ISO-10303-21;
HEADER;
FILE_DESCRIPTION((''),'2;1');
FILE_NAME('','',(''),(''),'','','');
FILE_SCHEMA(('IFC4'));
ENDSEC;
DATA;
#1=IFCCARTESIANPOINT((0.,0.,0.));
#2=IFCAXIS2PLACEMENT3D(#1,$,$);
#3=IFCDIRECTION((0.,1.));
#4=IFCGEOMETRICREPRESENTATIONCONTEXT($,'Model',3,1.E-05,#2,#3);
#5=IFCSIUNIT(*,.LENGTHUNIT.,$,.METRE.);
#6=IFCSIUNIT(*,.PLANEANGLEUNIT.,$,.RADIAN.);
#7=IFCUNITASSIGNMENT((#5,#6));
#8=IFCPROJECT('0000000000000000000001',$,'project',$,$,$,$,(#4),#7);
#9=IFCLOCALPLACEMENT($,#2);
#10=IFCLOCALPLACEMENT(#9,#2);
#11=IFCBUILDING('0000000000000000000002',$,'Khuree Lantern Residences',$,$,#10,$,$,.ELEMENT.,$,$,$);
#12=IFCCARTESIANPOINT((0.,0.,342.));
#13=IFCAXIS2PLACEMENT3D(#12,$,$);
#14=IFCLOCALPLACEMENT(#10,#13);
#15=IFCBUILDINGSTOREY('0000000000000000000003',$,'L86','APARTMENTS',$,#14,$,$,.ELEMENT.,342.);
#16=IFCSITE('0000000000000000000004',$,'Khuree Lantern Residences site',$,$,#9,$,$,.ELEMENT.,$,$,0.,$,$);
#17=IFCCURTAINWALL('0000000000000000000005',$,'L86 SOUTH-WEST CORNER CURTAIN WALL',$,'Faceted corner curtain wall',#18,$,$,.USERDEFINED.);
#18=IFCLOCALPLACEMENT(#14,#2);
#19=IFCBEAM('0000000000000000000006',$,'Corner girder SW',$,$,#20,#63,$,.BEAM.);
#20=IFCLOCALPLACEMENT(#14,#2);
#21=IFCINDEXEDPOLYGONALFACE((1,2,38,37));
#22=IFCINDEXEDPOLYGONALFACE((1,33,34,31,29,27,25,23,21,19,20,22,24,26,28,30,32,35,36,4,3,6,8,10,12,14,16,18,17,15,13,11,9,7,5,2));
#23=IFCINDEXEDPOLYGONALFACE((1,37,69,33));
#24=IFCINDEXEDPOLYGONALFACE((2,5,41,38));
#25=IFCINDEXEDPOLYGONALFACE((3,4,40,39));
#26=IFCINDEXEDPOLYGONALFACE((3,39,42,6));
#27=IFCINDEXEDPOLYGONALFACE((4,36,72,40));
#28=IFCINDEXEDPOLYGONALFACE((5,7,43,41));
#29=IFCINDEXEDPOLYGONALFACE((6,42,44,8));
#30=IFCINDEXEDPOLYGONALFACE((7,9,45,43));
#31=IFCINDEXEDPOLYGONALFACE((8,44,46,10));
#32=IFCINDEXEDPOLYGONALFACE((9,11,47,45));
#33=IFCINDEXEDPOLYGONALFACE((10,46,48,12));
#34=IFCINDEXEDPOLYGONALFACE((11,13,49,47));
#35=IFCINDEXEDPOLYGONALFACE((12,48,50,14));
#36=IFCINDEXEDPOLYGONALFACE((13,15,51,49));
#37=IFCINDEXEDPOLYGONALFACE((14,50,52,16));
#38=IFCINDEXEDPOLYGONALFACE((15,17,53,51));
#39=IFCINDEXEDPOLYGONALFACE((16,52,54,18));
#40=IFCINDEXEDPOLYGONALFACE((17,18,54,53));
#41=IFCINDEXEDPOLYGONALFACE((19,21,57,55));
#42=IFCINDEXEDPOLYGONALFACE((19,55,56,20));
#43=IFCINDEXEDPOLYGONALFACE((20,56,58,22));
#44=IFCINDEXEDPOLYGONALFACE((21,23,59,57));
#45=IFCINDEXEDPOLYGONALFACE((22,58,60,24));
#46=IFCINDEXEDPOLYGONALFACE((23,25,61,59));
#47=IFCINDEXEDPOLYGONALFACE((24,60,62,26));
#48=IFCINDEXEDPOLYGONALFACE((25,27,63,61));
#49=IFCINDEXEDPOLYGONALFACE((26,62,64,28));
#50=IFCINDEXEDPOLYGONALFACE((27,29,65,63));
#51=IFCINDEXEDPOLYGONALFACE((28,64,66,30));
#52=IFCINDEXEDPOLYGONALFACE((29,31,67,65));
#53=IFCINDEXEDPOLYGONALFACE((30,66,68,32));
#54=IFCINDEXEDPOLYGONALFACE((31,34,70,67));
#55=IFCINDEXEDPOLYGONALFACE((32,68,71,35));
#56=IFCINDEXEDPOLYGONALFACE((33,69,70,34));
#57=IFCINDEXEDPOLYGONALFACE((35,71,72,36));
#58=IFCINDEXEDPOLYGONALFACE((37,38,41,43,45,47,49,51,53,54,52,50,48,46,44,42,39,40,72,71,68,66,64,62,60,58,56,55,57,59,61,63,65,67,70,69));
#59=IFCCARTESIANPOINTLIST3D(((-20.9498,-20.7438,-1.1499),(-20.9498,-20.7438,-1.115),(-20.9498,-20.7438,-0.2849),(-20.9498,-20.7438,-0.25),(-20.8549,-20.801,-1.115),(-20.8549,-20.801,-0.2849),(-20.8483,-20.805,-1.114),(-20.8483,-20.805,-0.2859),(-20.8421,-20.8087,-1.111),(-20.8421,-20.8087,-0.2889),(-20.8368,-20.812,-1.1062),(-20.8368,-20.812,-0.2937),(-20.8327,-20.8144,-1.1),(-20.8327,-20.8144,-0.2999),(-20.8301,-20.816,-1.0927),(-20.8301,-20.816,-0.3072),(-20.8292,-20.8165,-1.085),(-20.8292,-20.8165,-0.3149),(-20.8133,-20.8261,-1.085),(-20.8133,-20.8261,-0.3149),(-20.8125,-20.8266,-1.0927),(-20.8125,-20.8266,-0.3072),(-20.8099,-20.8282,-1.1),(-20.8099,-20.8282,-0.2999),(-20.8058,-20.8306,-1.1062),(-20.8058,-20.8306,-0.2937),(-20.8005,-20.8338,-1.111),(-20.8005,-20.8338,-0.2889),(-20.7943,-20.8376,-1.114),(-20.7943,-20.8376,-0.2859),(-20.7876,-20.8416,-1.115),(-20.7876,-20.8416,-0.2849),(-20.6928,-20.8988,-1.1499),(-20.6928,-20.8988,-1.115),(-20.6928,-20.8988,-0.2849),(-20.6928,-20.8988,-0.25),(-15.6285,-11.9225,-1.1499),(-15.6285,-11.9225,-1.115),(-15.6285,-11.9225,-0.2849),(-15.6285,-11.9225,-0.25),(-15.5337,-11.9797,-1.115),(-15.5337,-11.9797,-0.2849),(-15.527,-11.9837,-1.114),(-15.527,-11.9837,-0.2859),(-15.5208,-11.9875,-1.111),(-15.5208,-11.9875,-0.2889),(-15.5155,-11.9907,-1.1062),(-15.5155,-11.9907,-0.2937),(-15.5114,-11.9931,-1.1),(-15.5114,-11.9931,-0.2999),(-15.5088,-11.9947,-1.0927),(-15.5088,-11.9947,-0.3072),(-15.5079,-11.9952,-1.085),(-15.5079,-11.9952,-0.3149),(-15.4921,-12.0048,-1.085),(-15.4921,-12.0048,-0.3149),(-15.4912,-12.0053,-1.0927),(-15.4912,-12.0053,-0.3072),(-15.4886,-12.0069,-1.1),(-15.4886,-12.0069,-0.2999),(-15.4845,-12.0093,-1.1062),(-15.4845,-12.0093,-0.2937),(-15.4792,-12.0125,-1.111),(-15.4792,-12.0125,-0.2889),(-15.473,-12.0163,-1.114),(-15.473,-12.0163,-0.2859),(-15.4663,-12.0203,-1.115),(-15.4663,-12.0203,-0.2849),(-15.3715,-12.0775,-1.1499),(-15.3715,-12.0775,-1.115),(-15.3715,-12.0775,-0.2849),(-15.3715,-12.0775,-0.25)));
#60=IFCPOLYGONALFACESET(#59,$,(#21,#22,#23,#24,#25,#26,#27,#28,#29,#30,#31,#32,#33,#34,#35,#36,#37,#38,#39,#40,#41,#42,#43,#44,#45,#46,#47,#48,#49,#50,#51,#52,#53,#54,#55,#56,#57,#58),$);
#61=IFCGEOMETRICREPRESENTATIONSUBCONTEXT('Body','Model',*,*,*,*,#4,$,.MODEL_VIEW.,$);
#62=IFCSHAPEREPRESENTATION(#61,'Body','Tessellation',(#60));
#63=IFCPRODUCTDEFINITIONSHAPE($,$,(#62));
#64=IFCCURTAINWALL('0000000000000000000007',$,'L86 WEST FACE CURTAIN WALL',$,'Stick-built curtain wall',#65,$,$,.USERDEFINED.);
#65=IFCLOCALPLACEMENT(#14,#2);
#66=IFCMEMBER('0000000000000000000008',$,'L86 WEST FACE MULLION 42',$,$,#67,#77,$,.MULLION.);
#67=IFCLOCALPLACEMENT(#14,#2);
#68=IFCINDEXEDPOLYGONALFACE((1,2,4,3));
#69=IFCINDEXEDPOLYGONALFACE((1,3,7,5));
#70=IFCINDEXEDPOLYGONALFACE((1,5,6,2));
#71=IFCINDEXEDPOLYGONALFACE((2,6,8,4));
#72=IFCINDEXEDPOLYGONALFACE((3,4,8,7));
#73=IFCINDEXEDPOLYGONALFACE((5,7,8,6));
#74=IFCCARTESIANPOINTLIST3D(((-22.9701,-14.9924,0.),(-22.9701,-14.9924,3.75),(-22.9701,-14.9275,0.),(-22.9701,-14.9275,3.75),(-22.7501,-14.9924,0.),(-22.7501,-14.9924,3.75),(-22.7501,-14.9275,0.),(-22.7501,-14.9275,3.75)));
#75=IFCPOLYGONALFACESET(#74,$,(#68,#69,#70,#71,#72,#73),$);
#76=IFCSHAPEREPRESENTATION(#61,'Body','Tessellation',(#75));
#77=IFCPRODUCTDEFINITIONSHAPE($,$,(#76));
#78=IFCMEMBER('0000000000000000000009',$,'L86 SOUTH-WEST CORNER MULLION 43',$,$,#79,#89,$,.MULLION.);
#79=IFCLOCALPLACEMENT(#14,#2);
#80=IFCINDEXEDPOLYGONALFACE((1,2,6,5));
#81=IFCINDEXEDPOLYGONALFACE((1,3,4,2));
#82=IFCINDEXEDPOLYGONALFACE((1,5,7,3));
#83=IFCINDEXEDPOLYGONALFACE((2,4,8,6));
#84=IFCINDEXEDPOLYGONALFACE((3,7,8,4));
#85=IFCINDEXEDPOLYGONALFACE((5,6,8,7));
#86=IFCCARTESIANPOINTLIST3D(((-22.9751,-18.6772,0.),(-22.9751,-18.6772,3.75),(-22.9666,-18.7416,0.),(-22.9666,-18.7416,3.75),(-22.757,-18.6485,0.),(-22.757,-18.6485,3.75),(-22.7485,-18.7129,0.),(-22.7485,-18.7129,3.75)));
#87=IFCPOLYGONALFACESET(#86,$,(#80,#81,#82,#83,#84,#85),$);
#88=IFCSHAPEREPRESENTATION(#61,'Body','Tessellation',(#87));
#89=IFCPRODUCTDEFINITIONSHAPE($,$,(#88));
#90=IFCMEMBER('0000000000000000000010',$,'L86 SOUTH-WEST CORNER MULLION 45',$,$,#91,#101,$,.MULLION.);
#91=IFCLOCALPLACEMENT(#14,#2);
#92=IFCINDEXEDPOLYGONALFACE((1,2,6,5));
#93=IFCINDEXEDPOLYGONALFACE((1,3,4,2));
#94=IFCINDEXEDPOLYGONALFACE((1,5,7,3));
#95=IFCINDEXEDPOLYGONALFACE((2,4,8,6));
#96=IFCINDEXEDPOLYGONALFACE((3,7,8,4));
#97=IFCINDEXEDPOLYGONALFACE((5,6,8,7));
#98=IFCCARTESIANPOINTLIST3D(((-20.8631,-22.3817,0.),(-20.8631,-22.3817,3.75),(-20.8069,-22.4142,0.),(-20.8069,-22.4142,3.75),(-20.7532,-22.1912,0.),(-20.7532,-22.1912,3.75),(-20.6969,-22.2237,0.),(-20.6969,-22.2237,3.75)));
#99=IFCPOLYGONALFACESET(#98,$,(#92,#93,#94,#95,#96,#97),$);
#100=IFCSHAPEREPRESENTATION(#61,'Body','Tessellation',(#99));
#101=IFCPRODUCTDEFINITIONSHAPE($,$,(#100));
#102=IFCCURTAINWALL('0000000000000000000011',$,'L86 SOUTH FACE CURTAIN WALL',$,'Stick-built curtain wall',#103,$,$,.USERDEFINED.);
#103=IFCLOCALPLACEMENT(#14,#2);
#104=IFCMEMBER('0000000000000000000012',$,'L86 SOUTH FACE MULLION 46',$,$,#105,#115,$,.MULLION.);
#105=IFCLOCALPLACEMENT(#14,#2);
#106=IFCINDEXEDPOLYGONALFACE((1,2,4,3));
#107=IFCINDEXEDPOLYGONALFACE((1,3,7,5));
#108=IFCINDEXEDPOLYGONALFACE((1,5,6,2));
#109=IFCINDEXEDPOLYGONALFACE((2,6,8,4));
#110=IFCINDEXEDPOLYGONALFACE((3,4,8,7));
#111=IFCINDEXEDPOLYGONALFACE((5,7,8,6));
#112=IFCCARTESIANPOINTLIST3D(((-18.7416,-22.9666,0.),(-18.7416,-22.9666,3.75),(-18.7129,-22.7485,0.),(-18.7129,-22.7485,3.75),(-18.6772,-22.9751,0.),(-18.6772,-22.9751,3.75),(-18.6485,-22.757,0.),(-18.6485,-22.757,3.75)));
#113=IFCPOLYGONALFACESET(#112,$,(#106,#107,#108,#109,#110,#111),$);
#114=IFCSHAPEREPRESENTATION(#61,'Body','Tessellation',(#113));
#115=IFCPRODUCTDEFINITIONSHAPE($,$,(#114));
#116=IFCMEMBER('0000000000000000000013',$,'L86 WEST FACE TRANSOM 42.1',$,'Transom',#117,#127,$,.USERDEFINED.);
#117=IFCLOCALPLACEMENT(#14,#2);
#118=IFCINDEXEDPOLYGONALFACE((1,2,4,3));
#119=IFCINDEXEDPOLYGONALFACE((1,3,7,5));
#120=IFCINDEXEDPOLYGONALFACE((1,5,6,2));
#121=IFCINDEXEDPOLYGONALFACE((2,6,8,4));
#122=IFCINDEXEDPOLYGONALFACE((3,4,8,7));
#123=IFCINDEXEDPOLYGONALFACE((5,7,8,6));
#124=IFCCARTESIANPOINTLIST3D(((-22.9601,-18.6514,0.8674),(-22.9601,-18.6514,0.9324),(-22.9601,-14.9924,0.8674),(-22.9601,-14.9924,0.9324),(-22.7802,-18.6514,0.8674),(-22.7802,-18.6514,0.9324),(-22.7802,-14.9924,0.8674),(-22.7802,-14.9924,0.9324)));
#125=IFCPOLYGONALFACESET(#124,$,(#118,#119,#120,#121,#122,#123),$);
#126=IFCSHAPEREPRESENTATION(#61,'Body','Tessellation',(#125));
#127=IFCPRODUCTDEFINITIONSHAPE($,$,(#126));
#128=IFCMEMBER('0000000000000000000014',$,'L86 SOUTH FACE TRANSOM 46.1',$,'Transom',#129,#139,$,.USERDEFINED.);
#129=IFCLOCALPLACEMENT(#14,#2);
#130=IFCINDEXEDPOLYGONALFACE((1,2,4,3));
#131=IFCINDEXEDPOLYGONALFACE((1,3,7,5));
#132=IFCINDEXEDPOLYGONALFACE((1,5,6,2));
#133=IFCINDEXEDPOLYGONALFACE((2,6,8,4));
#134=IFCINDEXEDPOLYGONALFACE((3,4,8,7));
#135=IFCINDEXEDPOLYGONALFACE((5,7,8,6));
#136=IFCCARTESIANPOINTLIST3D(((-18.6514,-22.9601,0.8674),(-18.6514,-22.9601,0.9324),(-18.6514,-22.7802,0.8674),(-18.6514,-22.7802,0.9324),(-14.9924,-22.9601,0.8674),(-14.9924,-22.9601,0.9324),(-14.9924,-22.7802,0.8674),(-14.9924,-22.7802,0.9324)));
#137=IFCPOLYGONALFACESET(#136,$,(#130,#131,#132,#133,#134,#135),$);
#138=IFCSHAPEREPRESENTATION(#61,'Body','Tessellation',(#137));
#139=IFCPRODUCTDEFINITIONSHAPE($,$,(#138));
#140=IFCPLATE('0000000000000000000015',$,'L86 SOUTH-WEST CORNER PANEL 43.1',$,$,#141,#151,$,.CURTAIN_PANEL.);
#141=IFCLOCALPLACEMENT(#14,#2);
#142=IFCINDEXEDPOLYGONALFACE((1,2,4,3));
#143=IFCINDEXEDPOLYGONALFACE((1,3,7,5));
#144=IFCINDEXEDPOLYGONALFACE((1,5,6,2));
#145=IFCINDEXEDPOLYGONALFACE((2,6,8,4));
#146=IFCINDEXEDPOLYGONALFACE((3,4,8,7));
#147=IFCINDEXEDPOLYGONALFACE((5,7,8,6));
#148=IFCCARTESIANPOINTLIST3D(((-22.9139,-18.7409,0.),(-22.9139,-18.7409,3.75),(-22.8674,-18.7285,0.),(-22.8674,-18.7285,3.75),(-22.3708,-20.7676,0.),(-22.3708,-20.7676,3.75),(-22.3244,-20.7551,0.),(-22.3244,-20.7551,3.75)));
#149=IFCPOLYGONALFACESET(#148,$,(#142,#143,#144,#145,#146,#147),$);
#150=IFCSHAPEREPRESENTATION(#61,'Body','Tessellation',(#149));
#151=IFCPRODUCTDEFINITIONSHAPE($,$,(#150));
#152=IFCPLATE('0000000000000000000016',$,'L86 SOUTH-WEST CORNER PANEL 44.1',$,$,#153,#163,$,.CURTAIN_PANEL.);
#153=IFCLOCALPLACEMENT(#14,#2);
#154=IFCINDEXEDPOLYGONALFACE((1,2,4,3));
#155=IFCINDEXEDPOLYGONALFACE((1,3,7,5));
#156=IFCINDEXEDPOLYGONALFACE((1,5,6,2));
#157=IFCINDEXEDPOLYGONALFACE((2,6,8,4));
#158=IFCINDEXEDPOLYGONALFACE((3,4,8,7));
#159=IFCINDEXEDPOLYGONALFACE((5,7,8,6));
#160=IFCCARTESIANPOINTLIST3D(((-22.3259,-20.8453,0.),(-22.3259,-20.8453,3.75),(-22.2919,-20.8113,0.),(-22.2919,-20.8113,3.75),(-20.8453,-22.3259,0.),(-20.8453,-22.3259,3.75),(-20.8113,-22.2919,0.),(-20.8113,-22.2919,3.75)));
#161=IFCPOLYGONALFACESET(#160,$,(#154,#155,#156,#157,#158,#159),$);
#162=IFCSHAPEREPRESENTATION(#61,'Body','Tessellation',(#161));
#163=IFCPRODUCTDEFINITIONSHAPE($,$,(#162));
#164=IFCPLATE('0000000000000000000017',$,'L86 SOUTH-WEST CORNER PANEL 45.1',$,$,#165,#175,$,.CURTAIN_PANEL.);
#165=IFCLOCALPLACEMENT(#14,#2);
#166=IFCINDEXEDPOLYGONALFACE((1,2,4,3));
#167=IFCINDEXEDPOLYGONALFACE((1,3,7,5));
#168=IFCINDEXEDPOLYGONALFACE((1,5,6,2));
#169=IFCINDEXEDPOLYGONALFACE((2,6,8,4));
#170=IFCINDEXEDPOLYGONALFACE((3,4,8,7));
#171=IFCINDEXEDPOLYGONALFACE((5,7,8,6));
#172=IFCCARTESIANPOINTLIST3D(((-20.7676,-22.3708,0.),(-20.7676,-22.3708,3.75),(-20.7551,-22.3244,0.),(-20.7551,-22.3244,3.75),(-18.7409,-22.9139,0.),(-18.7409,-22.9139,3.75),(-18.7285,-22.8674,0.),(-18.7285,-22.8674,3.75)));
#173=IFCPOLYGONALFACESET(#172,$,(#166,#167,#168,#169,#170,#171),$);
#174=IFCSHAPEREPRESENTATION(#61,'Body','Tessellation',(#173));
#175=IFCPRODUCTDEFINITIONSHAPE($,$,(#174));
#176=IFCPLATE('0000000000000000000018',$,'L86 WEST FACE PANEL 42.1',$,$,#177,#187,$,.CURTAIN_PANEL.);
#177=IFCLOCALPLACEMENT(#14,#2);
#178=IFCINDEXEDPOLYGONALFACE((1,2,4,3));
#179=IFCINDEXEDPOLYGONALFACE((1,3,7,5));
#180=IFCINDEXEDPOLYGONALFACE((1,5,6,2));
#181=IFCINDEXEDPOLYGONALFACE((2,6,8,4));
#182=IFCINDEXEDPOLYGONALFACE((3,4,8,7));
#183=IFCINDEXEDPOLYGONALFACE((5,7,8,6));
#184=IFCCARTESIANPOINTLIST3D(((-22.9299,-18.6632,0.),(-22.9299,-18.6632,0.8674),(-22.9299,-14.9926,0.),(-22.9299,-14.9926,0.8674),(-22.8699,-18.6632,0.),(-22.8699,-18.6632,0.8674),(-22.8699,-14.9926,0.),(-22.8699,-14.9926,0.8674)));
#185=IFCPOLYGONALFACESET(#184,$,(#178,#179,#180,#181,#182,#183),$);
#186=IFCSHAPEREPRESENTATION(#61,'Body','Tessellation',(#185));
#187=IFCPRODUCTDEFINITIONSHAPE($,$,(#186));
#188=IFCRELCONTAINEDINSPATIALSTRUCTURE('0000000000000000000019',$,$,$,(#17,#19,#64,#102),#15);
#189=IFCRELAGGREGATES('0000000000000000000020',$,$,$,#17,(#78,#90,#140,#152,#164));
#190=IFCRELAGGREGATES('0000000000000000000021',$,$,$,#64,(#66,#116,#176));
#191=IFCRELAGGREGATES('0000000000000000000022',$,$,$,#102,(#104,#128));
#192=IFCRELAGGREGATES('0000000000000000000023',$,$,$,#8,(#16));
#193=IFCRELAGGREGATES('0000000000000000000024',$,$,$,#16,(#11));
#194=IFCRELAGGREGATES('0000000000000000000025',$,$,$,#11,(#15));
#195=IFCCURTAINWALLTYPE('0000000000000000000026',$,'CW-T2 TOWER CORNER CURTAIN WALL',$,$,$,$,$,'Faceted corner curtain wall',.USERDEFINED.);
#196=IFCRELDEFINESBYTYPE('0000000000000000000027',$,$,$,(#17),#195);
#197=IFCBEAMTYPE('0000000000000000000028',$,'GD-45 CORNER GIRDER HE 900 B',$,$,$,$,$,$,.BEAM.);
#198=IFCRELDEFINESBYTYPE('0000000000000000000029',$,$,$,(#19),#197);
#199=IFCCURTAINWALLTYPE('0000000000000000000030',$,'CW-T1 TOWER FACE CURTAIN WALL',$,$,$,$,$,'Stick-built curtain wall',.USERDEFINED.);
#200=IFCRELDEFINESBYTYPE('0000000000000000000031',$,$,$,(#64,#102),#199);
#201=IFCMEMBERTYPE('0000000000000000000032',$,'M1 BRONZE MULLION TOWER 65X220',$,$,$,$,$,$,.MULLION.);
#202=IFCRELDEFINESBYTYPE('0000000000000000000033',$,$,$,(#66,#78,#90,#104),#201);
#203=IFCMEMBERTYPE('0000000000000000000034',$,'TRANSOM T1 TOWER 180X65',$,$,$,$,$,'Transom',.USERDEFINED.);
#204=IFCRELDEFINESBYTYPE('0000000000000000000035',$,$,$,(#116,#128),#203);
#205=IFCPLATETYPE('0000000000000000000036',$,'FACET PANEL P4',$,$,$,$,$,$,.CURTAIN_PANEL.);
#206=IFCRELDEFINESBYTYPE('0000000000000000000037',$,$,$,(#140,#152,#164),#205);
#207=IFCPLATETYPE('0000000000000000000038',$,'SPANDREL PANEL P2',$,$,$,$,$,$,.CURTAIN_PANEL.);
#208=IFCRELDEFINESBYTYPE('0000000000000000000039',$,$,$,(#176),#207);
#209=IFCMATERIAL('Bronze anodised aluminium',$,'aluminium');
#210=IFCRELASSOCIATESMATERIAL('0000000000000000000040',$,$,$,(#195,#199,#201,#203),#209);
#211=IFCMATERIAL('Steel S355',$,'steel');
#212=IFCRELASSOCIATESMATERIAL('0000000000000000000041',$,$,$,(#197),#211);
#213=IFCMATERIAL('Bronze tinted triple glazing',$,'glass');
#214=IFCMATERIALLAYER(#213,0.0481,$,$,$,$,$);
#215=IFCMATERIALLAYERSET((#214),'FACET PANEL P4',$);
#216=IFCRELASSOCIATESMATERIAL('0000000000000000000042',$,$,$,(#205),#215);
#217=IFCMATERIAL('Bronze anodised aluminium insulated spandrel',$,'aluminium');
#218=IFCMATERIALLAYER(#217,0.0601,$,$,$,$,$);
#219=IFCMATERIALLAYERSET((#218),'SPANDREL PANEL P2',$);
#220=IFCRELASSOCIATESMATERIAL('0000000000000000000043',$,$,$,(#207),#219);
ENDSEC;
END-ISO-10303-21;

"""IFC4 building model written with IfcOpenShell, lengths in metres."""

from ifc_helpers import new_model, si_unit, direction, frame, origin, origin_2d, place, context, subcontext, project, spatial, rectangle, i_section, extrude, material, layer, layer_set, material_profile, profile_set, type_object, element, aggregate, save


model = new_model("IFC4")

# Units and contexts
model_context = context("Model", 3, precision=1e-05, world=origin(), true_north=direction((0.0, 1.0)))
body_context = subcontext(model_context, "Body", "Model", "MODEL_VIEW")
ifc_project = project(units=[si_unit("LENGTHUNIT", "METRE"), si_unit("PLANEANGLEUNIT", "RADIAN")], contexts=[model_context])

# Site, building, storey
site_placement = place(None, origin())
site = spatial("IfcSite", under=ifc_project, at=site_placement, Name="Khuree Lantern Residences site", CompositionType="ELEMENT", RefElevation=0.0)
building_placement = place(site_placement, origin())
building = spatial("IfcBuilding", under=site, at=building_placement, Name="Khuree Lantern Residences", CompositionType="ELEMENT")
storey_placement = place(building_placement, frame((0.0, 0.0, 342.0)))
storey = spatial("IfcBuildingStorey", under=building, at=storey_placement, Name="L86", Description="APARTMENTS", CompositionType="ELEMENT", Elevation=342.0)

# Shared definitions
ifc_material_1 = material(Name="Steel S355", Category="steel")

# Curtain wall
ifc_material_2 = material(Name="Bronze anodised aluminium", Category="aluminium")
curtain_wall_type_1 = type_object("IfcCurtainWallType", Name="CW-T2 TOWER CORNER CURTAIN WALL", ElementType="Faceted corner curtain wall", PredefinedType="USERDEFINED", material=ifc_material_2)
curtain_wall_1_placement = place(storey_placement, origin())
curtain_wall_1 = element("IfcCurtainWall", 1, at=curtain_wall_1_placement, inside=storey, type_object=curtain_wall_type_1, Name="L86 SOUTH-WEST CORNER CURTAIN WALL", ObjectType="Faceted corner curtain wall", PredefinedType="USERDEFINED")

# Beam
ifc_material_profile_1 = material_profile(ifc_material_1, i_section(OverallWidth=0.3, OverallDepth=0.8999, WebThickness=0.0186, FlangeThickness=0.0349, FilletRadius=0.03, at=origin_2d()), Name="HE 900 B")
ifc_profile_set_1 = profile_set([ifc_material_profile_1], Name="Steel S355")
beam_type_1 = type_object("IfcBeamType", Name="GD-45 CORNER GIRDER HE 900 B", PredefinedType="BEAM", material=ifc_profile_set_1)
beam_1_placement = place(storey_placement, frame((-20.8213, -20.8213, -0.7), z_axis=(0.51653, 0.856269, 0.0), x_axis=(-0.856269, 0.51653, 0.0)))
element("IfcBeam", 2, at=beam_1_placement, inside=storey, type_object=beam_type_1, Name="Corner girder SW", PredefinedType="BEAM", context=body_context, shape_type="SweptSolid", body=[
    extrude(i_section(OverallWidth=0.3, OverallDepth=0.8999, WebThickness=0.0186, FlangeThickness=0.0349, FilletRadius=0.03, at=origin_2d()), origin(), (0.0, 0.0, 1.0), 10.302),
])

# Curtain wall, member
curtain_wall_type_2 = type_object("IfcCurtainWallType", Name="CW-T1 TOWER FACE CURTAIN WALL", ElementType="Stick-built curtain wall", PredefinedType="USERDEFINED", material=ifc_material_2)
curtain_wall_2_placement = place(storey_placement, origin())
curtain_wall_2 = element("IfcCurtainWall", 3, at=curtain_wall_2_placement, inside=storey, type_object=curtain_wall_type_2, Name="L86 WEST FACE CURTAIN WALL", ObjectType="Stick-built curtain wall", PredefinedType="USERDEFINED")
ifc_material_profile_2 = material_profile(ifc_material_2, rectangle(XDim=0.0649, YDim=0.22, at=origin_2d()), Name="M1 65X220")
ifc_profile_set_2 = profile_set([ifc_material_profile_2], Name="Bronze anodised aluminium")
member_type_1 = type_object("IfcMemberType", Name="M1 BRONZE MULLION TOWER 65X220", PredefinedType="MULLION", material=ifc_profile_set_2)
member_1_placement = place(storey_placement, frame((-22.8601, -14.96, 0.0), z_axis=(0.0, 0.0, 1.0), x_axis=(0.0, -1.0, 0.0)))
member_1 = element("IfcMember", 4, at=member_1_placement, type_object=member_type_1, Name="L86 WEST FACE MULLION 42", PredefinedType="MULLION", context=body_context, shape_type="SweptSolid", body=[
    extrude(rectangle(XDim=0.0649, YDim=0.22, at=origin_2d()), origin(), (0.0, 0.0, 1.0), 3.75),
])

# Members
member_2_placement = place(storey_placement, frame((-22.8618, -18.6951, 0.0), z_axis=(0.0, 0.0, 1.0), x_axis=(0.130526, -0.991445, 0.0)))
member_2 = element("IfcMember", 5, at=member_2_placement, type_object=member_type_1, Name="L86 SOUTH-WEST CORNER MULLION 43", PredefinedType="MULLION", context=body_context, shape_type="SweptSolid", body=[
    extrude(rectangle(XDim=0.0649, YDim=0.22, at=origin_2d()), origin(), (0.0, 0.0, 1.0), 3.75),
])
member_3_placement = place(storey_placement, frame((-20.78, -22.3027, 0.0), z_axis=(0.0, 0.0, 1.0), x_axis=(0.866025, -0.5, 0.0)))
member_3 = element("IfcMember", 6, at=member_3_placement, type_object=member_type_1, Name="L86 SOUTH-WEST CORNER MULLION 45", PredefinedType="MULLION", context=body_context, shape_type="SweptSolid", body=[
    extrude(rectangle(XDim=0.0649, YDim=0.22, at=origin_2d()), origin(), (0.0, 0.0, 1.0), 3.75),
])

# Curtain wall, member
curtain_wall_3_placement = place(storey_placement, origin())
curtain_wall_3 = element("IfcCurtainWall", 7, at=curtain_wall_3_placement, inside=storey, type_object=curtain_wall_type_2, Name="L86 SOUTH FACE CURTAIN WALL", ObjectType="Stick-built curtain wall", PredefinedType="USERDEFINED")
member_4_placement = place(storey_placement, frame((-18.6951, -22.8618, 0.0), z_axis=(0.0, 0.0, 1.0), x_axis=(0.991445, -0.130526, 0.0)))
member_4 = element("IfcMember", 8, at=member_4_placement, type_object=member_type_1, Name="L86 SOUTH FACE MULLION 46", PredefinedType="MULLION", context=body_context, shape_type="SweptSolid", body=[
    extrude(rectangle(XDim=0.0649, YDim=0.22, at=origin_2d()), origin(), (0.0, 0.0, 1.0), 3.75),
])

# Members
ifc_material_profile_3 = material_profile(ifc_material_2, rectangle(XDim=0.1799, YDim=0.0649, at=origin_2d()), Name="T1 180X65")
ifc_profile_set_3 = profile_set([ifc_material_profile_3], Name="Bronze anodised aluminium")
member_type_2 = type_object("IfcMemberType", Name="TRANSOM T1 TOWER 180X65", ElementType="Transom", PredefinedType="USERDEFINED", material=ifc_profile_set_3)
member_5_placement = place(storey_placement, frame((-22.8701, -14.9924, 0.8999), z_axis=(0.0, -1.0, 0.0), x_axis=(1.0, 0.0, 0.0)))
member_5 = element("IfcMember", 9, at=member_5_placement, type_object=member_type_2, Name="L86 WEST FACE TRANSOM 42.1", ObjectType="Transom", PredefinedType="USERDEFINED", context=body_context, shape_type="SweptSolid", body=[
    extrude(rectangle(XDim=0.1799, YDim=0.0649, at=origin_2d()), origin(), (0.0, 0.0, 1.0), 3.6589),
])
member_6_placement = place(storey_placement, frame((-18.6514, -22.8701, 0.8999), z_axis=(1.0, 0.0, 0.0), x_axis=(0.0, 1.0, 0.0)))
member_6 = element("IfcMember", 10, at=member_6_placement, type_object=member_type_2, Name="L86 SOUTH FACE TRANSOM 46.1", ObjectType="Transom", PredefinedType="USERDEFINED", context=body_context, shape_type="SweptSolid", body=[
    extrude(rectangle(XDim=0.1799, YDim=0.0649, at=origin_2d()), origin(), (0.0, 0.0, 1.0), 3.6589),
])

# Plates
ifc_material_3 = material(Name="Bronze tinted triple glazing", Category="glass")
ifc_layer_1 = layer(ifc_material_3, 0.0481)
ifc_layer_set_1 = layer_set([ifc_layer_1], Name="FACET PANEL P4")
plate_type_1 = type_object("IfcPlateType", Name="FACET PANEL P4", PredefinedType="CURTAIN_PANEL", material=ifc_layer_set_1)
plate_1_placement = place(storey_placement, frame((-22.6191, -19.748, 0.0), z_axis=(0.0, 0.0, 1.0), x_axis=(0.258819, -0.965926, 0.0)))
plate_1 = element("IfcPlate", 11, at=plate_1_placement, type_object=plate_type_1, Name="L86 SOUTH-WEST CORNER PANEL 43.1", PredefinedType="CURTAIN_PANEL", context=body_context, shape_type="SweptSolid", body=[
    extrude(rectangle(XDim=2.0981, YDim=0.0481, at=origin_2d()), origin(), (0.0, 0.0, 1.0), 3.75),
])
plate_2_placement = place(storey_placement, frame((-21.5686, -21.5686, 0.0), z_axis=(0.0, 0.0, 1.0), x_axis=(0.707107, -0.707107, 0.0)))
plate_2 = element("IfcPlate", 12, at=plate_2_placement, type_object=plate_type_1, Name="L86 SOUTH-WEST CORNER PANEL 44.1", PredefinedType="CURTAIN_PANEL", context=body_context, shape_type="SweptSolid", body=[
    extrude(rectangle(XDim=2.094, YDim=0.0481, at=origin_2d()), origin(), (0.0, 0.0, 1.0), 3.75),
])
plate_3_placement = place(storey_placement, frame((-19.748, -22.6191, 0.0), z_axis=(0.0, 0.0, 1.0), x_axis=(0.965926, -0.258819, 0.0)))
plate_3 = element("IfcPlate", 13, at=plate_3_placement, type_object=plate_type_1, Name="L86 SOUTH-WEST CORNER PANEL 45.1", PredefinedType="CURTAIN_PANEL", context=body_context, shape_type="SweptSolid", body=[
    extrude(rectangle(XDim=2.0981, YDim=0.0481, at=origin_2d()), origin(), (0.0, 0.0, 1.0), 3.75),
])
aggregate(curtain_wall_1, [member_2, member_3, plate_1, plate_2, plate_3])
ifc_material_4 = material(Name="Bronze anodised aluminium insulated spandrel", Category="aluminium")
ifc_layer_2 = layer(ifc_material_4, 0.0601)
ifc_layer_set_2 = layer_set([ifc_layer_2], Name="SPANDREL PANEL P2")
plate_type_2 = type_object("IfcPlateType", Name="SPANDREL PANEL P2", PredefinedType="CURTAIN_PANEL", material=ifc_layer_set_2)
plate_4_placement = place(storey_placement, frame((-22.8999, -16.8279, 0.0), z_axis=(0.0, 0.0, 1.0), x_axis=(0.0, -1.0, 0.0)))
plate_4 = element("IfcPlate", 14, at=plate_4_placement, type_object=plate_type_2, Name="L86 WEST FACE PANEL 42.1", PredefinedType="CURTAIN_PANEL", context=body_context, shape_type="SweptSolid", body=[
    extrude(rectangle(XDim=3.6707, YDim=0.0601, at=origin_2d()), origin(), (0.0, 0.0, 1.0), 0.8674),
])
aggregate(curtain_wall_2, [member_1, member_5, plate_4])
aggregate(curtain_wall_3, [member_4, member_6])

save(model, "model.ifc")
